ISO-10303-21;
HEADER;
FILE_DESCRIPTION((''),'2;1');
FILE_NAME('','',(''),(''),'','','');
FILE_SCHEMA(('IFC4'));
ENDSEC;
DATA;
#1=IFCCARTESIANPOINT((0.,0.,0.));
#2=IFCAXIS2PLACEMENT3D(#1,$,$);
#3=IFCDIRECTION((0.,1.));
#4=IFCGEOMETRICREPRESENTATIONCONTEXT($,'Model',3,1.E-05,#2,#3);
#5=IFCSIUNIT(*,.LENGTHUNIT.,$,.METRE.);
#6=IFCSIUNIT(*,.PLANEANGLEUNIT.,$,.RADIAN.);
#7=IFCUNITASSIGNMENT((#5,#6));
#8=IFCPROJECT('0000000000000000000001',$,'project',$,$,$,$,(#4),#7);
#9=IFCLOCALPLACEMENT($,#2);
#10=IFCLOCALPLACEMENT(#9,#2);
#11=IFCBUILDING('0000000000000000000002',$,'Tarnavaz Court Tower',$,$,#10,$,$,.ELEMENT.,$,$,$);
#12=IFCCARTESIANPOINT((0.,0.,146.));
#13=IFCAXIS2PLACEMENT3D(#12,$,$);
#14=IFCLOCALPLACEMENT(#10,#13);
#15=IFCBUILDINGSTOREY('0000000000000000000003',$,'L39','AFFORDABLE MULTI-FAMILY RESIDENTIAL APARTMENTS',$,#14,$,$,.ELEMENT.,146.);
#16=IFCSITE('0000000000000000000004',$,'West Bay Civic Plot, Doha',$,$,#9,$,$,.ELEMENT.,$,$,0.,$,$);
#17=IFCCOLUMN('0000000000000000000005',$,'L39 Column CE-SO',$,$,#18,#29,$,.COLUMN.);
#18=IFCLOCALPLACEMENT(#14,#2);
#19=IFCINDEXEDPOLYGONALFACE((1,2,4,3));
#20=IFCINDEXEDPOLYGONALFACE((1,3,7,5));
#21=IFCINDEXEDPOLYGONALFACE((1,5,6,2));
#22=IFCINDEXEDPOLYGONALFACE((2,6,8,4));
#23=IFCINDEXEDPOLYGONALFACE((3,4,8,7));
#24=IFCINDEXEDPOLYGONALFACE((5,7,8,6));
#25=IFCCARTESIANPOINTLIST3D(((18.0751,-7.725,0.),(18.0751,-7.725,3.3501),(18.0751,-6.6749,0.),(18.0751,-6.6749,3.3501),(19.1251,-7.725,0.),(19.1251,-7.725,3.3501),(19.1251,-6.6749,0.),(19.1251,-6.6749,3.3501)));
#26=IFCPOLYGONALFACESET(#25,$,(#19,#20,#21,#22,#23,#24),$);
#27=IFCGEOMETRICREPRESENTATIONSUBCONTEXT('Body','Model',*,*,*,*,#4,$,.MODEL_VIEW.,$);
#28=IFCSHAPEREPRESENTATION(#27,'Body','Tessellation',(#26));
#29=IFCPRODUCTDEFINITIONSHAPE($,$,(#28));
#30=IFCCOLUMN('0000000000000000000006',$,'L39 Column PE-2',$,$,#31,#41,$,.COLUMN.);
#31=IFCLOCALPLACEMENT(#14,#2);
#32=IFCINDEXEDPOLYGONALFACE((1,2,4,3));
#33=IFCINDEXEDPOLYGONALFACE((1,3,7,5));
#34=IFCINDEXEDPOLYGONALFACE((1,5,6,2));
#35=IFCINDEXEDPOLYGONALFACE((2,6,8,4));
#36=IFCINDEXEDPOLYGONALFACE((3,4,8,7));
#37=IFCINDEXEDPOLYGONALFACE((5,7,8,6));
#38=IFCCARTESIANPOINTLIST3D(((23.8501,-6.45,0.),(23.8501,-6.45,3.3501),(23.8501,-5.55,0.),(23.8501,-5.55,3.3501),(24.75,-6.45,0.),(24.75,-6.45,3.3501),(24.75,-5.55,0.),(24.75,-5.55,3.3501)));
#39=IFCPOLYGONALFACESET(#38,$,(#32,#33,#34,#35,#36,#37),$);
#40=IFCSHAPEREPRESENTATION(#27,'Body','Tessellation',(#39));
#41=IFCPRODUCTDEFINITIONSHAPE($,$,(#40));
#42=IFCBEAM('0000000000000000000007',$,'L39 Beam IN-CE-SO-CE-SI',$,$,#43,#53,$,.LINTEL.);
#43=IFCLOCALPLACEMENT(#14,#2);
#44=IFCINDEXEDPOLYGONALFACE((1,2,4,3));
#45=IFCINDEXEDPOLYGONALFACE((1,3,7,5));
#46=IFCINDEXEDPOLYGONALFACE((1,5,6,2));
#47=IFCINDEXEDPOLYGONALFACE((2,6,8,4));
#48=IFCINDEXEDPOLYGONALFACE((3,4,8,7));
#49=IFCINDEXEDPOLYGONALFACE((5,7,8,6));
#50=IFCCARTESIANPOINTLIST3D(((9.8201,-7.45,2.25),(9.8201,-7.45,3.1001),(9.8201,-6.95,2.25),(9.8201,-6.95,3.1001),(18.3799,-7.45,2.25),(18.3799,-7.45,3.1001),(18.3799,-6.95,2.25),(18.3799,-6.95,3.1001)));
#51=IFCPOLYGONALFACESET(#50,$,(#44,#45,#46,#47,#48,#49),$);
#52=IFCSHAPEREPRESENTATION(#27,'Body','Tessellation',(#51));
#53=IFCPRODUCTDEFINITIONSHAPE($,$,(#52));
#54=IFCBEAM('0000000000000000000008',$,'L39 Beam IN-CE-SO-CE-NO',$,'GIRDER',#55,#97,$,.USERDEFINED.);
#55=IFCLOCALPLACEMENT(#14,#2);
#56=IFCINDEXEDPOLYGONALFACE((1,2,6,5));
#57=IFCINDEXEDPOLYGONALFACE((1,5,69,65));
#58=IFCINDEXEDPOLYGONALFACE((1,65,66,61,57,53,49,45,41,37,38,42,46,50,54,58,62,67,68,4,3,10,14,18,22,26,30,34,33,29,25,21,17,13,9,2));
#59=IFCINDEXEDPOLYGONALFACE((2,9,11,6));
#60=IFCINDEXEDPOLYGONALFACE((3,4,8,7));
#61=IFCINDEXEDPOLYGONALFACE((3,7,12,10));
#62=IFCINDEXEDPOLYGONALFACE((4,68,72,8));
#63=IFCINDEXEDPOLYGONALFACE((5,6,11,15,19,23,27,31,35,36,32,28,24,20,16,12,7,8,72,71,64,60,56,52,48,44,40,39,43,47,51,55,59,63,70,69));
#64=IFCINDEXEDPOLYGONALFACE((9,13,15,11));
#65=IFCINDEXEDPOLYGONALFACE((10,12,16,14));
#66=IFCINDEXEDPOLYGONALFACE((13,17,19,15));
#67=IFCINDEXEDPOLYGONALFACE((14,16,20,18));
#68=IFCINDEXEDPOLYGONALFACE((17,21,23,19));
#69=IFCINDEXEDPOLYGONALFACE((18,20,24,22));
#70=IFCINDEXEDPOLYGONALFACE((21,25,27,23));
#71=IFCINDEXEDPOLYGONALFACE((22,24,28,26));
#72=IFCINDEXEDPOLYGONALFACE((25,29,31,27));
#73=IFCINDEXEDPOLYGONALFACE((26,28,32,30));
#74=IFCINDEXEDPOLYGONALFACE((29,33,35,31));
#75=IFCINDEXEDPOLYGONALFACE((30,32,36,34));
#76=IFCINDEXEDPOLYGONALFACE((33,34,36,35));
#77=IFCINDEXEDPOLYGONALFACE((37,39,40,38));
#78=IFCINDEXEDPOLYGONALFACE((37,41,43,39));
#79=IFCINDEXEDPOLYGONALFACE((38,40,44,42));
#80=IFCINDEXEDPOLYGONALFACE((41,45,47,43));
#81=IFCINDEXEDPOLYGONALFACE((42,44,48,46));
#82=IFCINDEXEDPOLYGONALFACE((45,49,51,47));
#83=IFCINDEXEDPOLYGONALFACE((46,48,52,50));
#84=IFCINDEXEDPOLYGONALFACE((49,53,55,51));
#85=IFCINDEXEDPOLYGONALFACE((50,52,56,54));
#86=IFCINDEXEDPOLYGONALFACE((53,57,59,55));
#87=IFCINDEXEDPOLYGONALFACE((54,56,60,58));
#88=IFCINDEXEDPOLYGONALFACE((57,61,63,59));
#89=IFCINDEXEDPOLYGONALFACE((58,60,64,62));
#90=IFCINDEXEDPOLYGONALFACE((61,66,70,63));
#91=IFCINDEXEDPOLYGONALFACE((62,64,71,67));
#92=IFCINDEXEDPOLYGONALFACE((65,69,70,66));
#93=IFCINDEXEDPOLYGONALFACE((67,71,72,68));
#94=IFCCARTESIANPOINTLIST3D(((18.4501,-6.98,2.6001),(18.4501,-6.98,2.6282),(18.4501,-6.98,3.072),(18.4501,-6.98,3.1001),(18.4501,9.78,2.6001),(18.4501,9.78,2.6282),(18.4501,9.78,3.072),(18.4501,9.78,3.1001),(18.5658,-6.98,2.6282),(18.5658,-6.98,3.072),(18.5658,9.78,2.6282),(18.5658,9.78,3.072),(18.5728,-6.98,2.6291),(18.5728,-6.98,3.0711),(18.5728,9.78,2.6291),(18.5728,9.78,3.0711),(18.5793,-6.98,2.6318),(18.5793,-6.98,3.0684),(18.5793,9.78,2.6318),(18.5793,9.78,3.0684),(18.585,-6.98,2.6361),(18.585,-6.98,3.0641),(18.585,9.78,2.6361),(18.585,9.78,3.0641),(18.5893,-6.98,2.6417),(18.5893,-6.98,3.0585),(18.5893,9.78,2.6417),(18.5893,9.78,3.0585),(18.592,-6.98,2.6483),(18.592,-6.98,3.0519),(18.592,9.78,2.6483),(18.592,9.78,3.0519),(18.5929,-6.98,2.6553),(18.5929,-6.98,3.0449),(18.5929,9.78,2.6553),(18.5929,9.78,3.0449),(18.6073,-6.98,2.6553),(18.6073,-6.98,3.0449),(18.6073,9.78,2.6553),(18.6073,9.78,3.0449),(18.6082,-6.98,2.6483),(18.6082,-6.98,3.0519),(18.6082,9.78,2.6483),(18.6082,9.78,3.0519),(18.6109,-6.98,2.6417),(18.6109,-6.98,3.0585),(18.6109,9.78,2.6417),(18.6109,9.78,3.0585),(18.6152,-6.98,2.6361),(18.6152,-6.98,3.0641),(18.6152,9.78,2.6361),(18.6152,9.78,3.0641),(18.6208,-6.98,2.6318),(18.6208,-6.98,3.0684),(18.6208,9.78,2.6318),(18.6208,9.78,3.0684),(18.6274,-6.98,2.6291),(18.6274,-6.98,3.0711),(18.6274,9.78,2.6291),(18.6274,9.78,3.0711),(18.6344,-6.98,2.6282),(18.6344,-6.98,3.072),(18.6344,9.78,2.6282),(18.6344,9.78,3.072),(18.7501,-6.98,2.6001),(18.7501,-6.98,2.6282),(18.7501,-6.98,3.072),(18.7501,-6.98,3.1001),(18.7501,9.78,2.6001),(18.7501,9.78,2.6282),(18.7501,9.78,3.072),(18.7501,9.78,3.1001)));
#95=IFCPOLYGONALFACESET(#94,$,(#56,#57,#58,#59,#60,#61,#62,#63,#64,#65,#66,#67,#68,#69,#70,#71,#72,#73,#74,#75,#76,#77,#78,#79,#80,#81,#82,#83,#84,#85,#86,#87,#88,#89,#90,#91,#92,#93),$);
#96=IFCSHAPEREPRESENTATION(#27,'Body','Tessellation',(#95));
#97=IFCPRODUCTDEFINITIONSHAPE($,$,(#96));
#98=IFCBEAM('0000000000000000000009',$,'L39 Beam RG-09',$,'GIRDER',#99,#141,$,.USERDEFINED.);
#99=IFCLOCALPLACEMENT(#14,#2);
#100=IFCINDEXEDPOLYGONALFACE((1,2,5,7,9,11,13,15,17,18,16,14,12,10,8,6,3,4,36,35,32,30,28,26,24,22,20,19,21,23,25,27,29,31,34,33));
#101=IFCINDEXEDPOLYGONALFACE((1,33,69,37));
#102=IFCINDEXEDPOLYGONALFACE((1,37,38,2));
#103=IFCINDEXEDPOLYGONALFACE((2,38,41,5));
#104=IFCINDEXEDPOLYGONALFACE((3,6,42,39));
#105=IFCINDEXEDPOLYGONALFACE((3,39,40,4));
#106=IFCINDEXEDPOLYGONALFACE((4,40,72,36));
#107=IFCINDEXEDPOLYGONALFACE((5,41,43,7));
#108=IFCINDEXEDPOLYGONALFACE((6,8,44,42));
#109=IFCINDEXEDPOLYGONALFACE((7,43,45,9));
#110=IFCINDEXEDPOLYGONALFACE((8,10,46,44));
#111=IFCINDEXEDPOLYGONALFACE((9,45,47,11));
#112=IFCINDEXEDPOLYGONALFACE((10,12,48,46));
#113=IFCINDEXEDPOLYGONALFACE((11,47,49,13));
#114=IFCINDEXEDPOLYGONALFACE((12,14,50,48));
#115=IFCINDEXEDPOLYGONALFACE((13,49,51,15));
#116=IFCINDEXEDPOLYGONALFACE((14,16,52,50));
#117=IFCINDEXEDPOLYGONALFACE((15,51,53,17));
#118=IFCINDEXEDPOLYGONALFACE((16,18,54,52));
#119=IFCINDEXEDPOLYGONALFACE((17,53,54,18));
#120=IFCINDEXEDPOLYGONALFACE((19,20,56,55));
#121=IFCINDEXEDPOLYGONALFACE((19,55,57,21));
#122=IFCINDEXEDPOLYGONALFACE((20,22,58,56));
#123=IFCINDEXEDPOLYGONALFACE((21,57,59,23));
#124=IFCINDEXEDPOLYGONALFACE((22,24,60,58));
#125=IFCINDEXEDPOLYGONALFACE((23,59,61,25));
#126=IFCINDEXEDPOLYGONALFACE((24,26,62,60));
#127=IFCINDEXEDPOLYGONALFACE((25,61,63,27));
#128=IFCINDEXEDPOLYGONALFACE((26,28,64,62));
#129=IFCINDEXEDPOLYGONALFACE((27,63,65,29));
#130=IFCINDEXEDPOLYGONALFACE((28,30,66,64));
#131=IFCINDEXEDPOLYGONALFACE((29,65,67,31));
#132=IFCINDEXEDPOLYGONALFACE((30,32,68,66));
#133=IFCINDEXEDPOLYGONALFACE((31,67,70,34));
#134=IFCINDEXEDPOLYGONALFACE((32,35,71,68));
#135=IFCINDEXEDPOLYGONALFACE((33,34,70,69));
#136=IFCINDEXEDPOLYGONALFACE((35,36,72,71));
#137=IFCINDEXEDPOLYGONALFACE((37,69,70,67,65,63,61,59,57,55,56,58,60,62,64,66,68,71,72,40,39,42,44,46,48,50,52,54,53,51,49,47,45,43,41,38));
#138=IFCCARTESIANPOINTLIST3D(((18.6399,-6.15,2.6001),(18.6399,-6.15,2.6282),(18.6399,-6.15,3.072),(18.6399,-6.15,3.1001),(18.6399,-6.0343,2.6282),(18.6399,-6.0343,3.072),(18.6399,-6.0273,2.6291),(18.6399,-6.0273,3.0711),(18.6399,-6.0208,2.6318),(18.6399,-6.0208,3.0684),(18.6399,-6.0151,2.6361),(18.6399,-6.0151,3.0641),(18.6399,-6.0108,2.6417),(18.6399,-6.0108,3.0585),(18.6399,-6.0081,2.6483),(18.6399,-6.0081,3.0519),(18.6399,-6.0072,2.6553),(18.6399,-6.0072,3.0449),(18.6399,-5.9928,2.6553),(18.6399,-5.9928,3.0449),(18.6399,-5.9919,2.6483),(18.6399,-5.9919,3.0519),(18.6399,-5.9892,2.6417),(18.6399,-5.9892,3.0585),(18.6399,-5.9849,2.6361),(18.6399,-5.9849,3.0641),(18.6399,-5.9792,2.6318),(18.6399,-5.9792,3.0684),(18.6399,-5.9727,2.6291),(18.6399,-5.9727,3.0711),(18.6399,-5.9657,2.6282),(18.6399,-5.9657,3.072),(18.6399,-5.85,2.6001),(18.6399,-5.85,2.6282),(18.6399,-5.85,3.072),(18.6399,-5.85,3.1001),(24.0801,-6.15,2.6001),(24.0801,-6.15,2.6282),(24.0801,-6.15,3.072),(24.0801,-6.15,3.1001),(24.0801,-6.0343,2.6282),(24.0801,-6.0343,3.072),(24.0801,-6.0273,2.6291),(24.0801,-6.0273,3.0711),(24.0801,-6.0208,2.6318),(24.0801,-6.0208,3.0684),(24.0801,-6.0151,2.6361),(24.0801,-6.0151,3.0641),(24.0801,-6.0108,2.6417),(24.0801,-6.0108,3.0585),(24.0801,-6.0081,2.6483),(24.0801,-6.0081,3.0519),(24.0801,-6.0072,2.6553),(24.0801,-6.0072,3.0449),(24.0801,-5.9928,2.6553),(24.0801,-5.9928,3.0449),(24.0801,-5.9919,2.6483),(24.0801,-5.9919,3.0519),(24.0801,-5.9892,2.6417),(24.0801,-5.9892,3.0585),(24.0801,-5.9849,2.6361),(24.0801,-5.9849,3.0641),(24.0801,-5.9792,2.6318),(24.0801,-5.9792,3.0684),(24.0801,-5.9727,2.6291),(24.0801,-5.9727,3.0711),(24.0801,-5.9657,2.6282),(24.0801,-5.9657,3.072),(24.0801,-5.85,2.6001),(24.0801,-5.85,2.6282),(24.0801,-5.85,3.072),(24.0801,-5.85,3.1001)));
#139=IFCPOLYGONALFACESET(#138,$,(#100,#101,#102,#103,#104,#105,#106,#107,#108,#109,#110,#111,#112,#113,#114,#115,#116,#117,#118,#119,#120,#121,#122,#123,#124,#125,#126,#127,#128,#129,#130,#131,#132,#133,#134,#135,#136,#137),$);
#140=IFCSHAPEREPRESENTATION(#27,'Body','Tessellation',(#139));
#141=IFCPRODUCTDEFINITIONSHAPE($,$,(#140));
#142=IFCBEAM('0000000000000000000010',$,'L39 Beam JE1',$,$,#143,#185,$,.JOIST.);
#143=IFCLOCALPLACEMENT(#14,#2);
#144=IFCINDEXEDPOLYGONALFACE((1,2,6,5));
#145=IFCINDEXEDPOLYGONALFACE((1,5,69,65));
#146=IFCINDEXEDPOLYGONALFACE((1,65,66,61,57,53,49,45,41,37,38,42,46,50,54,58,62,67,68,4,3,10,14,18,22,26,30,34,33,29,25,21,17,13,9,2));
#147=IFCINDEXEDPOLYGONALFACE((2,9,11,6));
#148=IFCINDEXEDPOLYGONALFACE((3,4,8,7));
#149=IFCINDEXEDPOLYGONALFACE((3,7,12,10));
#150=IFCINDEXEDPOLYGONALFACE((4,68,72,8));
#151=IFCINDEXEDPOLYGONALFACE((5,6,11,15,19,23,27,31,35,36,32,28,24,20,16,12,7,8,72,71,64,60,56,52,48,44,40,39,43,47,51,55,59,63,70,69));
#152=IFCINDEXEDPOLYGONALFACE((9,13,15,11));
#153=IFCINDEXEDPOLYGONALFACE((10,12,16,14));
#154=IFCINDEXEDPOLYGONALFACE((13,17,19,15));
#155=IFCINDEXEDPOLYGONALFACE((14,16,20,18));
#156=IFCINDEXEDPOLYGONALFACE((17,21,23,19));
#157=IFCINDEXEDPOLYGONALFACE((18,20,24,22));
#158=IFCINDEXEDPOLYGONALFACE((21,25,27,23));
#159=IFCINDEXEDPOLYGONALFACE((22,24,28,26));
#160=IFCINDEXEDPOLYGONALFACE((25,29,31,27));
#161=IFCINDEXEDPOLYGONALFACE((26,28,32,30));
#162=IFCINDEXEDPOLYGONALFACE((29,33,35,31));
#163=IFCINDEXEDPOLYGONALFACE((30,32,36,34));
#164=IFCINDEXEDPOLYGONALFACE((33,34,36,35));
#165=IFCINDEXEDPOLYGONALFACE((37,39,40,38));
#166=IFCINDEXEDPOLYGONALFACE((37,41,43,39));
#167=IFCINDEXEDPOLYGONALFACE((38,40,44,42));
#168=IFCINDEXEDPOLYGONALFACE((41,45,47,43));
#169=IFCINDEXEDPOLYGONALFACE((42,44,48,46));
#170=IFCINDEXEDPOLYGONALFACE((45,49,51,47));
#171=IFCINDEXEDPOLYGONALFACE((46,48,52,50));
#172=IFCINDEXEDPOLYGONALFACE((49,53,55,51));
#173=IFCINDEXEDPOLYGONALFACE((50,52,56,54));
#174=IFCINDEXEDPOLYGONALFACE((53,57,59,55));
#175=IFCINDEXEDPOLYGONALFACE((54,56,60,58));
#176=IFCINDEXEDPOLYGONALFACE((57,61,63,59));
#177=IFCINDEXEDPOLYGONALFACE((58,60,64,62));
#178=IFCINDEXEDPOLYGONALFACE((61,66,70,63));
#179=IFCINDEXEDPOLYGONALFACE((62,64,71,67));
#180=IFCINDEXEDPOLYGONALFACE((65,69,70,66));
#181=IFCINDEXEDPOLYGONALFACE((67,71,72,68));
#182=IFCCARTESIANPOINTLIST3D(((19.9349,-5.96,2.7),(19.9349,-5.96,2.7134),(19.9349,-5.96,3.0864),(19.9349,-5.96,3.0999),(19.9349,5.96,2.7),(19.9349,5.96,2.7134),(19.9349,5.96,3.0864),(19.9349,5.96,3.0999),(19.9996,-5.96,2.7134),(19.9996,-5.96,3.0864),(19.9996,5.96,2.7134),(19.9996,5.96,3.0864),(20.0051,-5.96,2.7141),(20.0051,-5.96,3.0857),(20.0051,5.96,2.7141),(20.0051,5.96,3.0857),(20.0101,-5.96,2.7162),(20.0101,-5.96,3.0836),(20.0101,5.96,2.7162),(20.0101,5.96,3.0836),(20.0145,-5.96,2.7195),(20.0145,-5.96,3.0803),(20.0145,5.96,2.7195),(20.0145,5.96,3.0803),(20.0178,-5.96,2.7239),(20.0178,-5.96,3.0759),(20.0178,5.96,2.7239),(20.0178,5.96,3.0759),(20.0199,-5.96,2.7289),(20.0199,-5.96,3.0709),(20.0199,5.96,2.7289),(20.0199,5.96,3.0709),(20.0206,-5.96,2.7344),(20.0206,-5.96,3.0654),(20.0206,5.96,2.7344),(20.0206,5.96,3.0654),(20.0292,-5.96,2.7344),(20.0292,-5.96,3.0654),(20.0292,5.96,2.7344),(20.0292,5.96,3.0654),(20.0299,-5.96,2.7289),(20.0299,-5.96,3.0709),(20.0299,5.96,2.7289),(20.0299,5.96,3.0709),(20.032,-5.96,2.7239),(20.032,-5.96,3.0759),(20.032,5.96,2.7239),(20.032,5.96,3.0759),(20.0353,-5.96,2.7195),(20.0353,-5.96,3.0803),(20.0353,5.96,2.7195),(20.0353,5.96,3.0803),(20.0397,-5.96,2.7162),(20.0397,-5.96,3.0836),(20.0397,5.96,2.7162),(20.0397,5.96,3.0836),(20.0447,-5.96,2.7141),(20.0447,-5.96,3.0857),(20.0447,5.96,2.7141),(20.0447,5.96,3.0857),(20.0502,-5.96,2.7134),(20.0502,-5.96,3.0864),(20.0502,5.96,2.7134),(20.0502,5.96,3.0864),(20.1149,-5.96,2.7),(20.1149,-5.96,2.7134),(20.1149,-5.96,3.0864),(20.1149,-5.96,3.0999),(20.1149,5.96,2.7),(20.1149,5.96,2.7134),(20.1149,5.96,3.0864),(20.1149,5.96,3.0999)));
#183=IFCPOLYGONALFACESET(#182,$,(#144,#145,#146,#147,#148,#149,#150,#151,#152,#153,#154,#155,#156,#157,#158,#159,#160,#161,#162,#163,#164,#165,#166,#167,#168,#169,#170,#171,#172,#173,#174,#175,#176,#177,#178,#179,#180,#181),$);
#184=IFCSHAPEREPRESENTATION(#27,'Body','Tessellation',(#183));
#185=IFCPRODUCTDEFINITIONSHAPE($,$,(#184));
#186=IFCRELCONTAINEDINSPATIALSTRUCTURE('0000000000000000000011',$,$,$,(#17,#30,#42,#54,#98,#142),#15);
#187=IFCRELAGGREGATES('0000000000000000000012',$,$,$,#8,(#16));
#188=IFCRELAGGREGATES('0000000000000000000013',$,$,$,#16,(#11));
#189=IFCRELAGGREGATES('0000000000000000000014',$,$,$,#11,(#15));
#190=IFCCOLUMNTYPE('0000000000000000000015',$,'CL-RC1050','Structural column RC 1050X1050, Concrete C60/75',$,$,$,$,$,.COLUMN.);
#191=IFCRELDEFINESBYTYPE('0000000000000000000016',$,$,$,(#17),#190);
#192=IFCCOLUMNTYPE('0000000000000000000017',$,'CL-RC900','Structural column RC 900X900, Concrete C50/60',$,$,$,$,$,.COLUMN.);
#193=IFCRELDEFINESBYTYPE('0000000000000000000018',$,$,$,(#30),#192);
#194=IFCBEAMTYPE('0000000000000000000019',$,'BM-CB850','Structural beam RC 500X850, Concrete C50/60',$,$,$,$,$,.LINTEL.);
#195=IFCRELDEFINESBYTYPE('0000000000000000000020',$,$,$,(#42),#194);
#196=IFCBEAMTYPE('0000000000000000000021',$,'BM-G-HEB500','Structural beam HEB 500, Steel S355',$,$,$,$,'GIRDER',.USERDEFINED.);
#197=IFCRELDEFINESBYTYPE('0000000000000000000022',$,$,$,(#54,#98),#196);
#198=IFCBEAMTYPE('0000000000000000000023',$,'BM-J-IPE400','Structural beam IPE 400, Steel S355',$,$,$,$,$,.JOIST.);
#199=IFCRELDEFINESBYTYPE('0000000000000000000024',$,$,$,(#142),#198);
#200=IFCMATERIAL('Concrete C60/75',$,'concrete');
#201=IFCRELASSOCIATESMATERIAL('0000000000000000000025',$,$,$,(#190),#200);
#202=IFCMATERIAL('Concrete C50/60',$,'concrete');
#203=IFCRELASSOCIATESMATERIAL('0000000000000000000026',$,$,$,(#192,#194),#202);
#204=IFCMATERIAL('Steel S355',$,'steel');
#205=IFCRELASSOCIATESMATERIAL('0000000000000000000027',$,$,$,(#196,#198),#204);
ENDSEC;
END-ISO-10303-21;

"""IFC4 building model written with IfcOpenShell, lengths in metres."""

from ifc_helpers import new_model, si_unit, direction, frame, origin, origin_2d, place, context, subcontext, project, spatial, rectangle, i_section, extrude, material, material_profile, profile_set, type_object, element, save


model = new_model("IFC4")

# Units and contexts
model_context = context("Model", 3, precision=1e-05, world=origin(), true_north=direction((0.0, 1.0)))
body_context = subcontext(model_context, "Body", "Model", "MODEL_VIEW")
ifc_project = project(units=[si_unit("LENGTHUNIT", "METRE"), si_unit("PLANEANGLEUNIT", "RADIAN")], contexts=[model_context])

# Site, building, storey
site_placement = place(None, origin())
site = spatial("IfcSite", under=ifc_project, at=site_placement, Name="West Bay Civic Plot, Doha", CompositionType="ELEMENT", RefElevation=0.0)
building_placement = place(site_placement, origin())
building = spatial("IfcBuilding", under=site, at=building_placement, Name="Tarnavaz Court Tower", CompositionType="ELEMENT")
storey_placement = place(building_placement, frame((0.0, 0.0, 146.0)))
storey = spatial("IfcBuildingStorey", under=building, at=storey_placement, Name="L39", Description="AFFORDABLE MULTI-FAMILY RESIDENTIAL APARTMENTS", CompositionType="ELEMENT", Elevation=146.0)

# Columns
ifc_material_1 = material(Name="Concrete C60/75", Category="concrete")
ifc_material_profile_1 = material_profile(ifc_material_1, rectangle(XDim=1.05, YDim=1.05, at=origin_2d()), Name="RC 1050X1050")
ifc_profile_set_1 = profile_set([ifc_material_profile_1], Name="Concrete C60/75")
column_type_1 = type_object("IfcColumnType", Name="CL-RC1050", Description="Structural column RC 1050X1050, Concrete C60/75", PredefinedType="COLUMN", material=ifc_profile_set_1)
column_1_placement = place(storey_placement, frame((18.6001, -7.2, 0.0), z_axis=(0.0, 0.0, 1.0), x_axis=(1.0, 0.0, 0.0)))
element("IfcColumn", 1, at=column_1_placement, inside=storey, type_object=column_type_1, Name="L39 Column CE-SO", PredefinedType="COLUMN", context=body_context, shape_type="SweptSolid", body=[
    extrude(rectangle(XDim=1.05, YDim=1.05, at=origin_2d()), origin(), (0.0, 0.0, 1.0), 3.3501),
])
ifc_material_2 = material(Name="Concrete C50/60", Category="concrete")
ifc_material_profile_2 = material_profile(ifc_material_2, rectangle(XDim=0.8999, YDim=0.8999, at=origin_2d()), Name="RC 900X900")
ifc_profile_set_2 = profile_set([ifc_material_profile_2], Name="Concrete C50/60")
column_type_2 = type_object("IfcColumnType", Name="CL-RC900", Description="Structural column RC 900X900, Concrete C50/60", PredefinedType="COLUMN", material=ifc_profile_set_2)
column_2_placement = place(storey_placement, frame((24.3, -6.0, 0.0), z_axis=(0.0, 0.0, 1.0), x_axis=(1.0, 0.0, 0.0)))
element("IfcColumn", 2, at=column_2_placement, inside=storey, type_object=column_type_2, Name="L39 Column PE-2", PredefinedType="COLUMN", context=body_context, shape_type="SweptSolid", body=[
    extrude(rectangle(XDim=0.8999, YDim=0.8999, at=origin_2d()), origin(), (0.0, 0.0, 1.0), 3.3501),
])

# Beams
ifc_material_profile_3 = material_profile(ifc_material_2, rectangle(XDim=0.5, YDim=0.8501, at=origin_2d()), Name="RC 500X850")
ifc_profile_set_3 = profile_set([ifc_material_profile_3], Name="Concrete C50/60")
beam_type_1 = type_object("IfcBeamType", Name="BM-CB850", Description="Structural beam RC 500X850, Concrete C50/60", PredefinedType="LINTEL", material=ifc_profile_set_3)
beam_1_placement = place(storey_placement, frame((18.3799, -7.2, 2.675), z_axis=(-1.0, 0.0, 0.0), x_axis=(0.0, -1.0, 0.0)))
element("IfcBeam", 3, at=beam_1_placement, inside=storey, type_object=beam_type_1, Name="L39 Beam IN-CE-SO-CE-SI", PredefinedType="LINTEL", context=body_context, shape_type="SweptSolid", body=[
    extrude(rectangle(XDim=0.5, YDim=0.8501, at=origin_2d()), origin(), (0.0, 0.0, 1.0), 8.5598),
])
ifc_material_3 = material(Name="Steel S355", Category="steel")
ifc_material_profile_4 = material_profile(ifc_material_3, i_section(OverallWidth=0.3, OverallDepth=0.5, WebThickness=0.0144, FlangeThickness=0.0281, FilletRadius=0.0271, at=origin_2d()), Name="HEB 500")
ifc_profile_set_4 = profile_set([ifc_material_profile_4], Name="Steel S355")
beam_type_2 = type_object("IfcBeamType", Name="BM-G-HEB500", Description="Structural beam HEB 500, Steel S355", ElementType="GIRDER", PredefinedType="USERDEFINED", material=ifc_profile_set_4)
beam_2_placement = place(storey_placement, frame((18.6001, -6.98, 2.8501), z_axis=(0.0, 1.0, 0.0), x_axis=(-1.0, 0.0, 0.0)))
element("IfcBeam", 4, at=beam_2_placement, inside=storey, type_object=beam_type_2, Name="L39 Beam IN-CE-SO-CE-NO", ObjectType="GIRDER", PredefinedType="USERDEFINED", context=body_context, shape_type="SweptSolid", body=[
    extrude(i_section(OverallWidth=0.3, OverallDepth=0.5, WebThickness=0.0144, FlangeThickness=0.0281, FilletRadius=0.0271, at=origin_2d()), origin(), (0.0, 0.0, 1.0), 16.76),
])
beam_3_placement = place(storey_placement, frame((18.6399, -6.0, 2.8501), z_axis=(1.0, 0.0, 0.0), x_axis=(0.0, 1.0, 0.0)))
element("IfcBeam", 5, at=beam_3_placement, inside=storey, type_object=beam_type_2, Name="L39 Beam RG-09", ObjectType="GIRDER", PredefinedType="USERDEFINED", context=body_context, shape_type="SweptSolid", body=[
    extrude(i_section(OverallWidth=0.3, OverallDepth=0.5, WebThickness=0.0144, FlangeThickness=0.0281, FilletRadius=0.0271, at=origin_2d()), origin(), (0.0, 0.0, 1.0), 5.4402),
])
ifc_material_profile_5 = material_profile(ifc_material_3, i_section(OverallWidth=0.1799, OverallDepth=0.3999, WebThickness=0.0085, FlangeThickness=0.0134, FilletRadius=0.021, at=origin_2d()), Name="IPE 400")
ifc_profile_set_5 = profile_set([ifc_material_profile_5], Name="Steel S355")
beam_type_3 = type_object("IfcBeamType", Name="BM-J-IPE400", Description="Structural beam IPE 400, Steel S355", PredefinedType="JOIST", material=ifc_profile_set_5)
for number, where, z_axis, x_axis, name in (
    (6, (20.0249, -5.96, 2.8999), (0.0, 1.0, 0.0), (-1.0, 0.0, 0.0), "L39 Beam JE1"),
):
    element("IfcBeam", number, at=place(storey_placement, frame(where, z_axis=z_axis, x_axis=x_axis)), inside=storey, type_object=beam_type_3, Name=name, PredefinedType="JOIST", context=body_context, shape_type="SweptSolid", body=[
        extrude(i_section(OverallWidth=0.1799, OverallDepth=0.3999, WebThickness=0.0085, FlangeThickness=0.0134, FilletRadius=0.021, at=origin_2d()), origin(), (0.0, 0.0, 1.0), 11.9199),
    ])

save(model, "model.ifc")
